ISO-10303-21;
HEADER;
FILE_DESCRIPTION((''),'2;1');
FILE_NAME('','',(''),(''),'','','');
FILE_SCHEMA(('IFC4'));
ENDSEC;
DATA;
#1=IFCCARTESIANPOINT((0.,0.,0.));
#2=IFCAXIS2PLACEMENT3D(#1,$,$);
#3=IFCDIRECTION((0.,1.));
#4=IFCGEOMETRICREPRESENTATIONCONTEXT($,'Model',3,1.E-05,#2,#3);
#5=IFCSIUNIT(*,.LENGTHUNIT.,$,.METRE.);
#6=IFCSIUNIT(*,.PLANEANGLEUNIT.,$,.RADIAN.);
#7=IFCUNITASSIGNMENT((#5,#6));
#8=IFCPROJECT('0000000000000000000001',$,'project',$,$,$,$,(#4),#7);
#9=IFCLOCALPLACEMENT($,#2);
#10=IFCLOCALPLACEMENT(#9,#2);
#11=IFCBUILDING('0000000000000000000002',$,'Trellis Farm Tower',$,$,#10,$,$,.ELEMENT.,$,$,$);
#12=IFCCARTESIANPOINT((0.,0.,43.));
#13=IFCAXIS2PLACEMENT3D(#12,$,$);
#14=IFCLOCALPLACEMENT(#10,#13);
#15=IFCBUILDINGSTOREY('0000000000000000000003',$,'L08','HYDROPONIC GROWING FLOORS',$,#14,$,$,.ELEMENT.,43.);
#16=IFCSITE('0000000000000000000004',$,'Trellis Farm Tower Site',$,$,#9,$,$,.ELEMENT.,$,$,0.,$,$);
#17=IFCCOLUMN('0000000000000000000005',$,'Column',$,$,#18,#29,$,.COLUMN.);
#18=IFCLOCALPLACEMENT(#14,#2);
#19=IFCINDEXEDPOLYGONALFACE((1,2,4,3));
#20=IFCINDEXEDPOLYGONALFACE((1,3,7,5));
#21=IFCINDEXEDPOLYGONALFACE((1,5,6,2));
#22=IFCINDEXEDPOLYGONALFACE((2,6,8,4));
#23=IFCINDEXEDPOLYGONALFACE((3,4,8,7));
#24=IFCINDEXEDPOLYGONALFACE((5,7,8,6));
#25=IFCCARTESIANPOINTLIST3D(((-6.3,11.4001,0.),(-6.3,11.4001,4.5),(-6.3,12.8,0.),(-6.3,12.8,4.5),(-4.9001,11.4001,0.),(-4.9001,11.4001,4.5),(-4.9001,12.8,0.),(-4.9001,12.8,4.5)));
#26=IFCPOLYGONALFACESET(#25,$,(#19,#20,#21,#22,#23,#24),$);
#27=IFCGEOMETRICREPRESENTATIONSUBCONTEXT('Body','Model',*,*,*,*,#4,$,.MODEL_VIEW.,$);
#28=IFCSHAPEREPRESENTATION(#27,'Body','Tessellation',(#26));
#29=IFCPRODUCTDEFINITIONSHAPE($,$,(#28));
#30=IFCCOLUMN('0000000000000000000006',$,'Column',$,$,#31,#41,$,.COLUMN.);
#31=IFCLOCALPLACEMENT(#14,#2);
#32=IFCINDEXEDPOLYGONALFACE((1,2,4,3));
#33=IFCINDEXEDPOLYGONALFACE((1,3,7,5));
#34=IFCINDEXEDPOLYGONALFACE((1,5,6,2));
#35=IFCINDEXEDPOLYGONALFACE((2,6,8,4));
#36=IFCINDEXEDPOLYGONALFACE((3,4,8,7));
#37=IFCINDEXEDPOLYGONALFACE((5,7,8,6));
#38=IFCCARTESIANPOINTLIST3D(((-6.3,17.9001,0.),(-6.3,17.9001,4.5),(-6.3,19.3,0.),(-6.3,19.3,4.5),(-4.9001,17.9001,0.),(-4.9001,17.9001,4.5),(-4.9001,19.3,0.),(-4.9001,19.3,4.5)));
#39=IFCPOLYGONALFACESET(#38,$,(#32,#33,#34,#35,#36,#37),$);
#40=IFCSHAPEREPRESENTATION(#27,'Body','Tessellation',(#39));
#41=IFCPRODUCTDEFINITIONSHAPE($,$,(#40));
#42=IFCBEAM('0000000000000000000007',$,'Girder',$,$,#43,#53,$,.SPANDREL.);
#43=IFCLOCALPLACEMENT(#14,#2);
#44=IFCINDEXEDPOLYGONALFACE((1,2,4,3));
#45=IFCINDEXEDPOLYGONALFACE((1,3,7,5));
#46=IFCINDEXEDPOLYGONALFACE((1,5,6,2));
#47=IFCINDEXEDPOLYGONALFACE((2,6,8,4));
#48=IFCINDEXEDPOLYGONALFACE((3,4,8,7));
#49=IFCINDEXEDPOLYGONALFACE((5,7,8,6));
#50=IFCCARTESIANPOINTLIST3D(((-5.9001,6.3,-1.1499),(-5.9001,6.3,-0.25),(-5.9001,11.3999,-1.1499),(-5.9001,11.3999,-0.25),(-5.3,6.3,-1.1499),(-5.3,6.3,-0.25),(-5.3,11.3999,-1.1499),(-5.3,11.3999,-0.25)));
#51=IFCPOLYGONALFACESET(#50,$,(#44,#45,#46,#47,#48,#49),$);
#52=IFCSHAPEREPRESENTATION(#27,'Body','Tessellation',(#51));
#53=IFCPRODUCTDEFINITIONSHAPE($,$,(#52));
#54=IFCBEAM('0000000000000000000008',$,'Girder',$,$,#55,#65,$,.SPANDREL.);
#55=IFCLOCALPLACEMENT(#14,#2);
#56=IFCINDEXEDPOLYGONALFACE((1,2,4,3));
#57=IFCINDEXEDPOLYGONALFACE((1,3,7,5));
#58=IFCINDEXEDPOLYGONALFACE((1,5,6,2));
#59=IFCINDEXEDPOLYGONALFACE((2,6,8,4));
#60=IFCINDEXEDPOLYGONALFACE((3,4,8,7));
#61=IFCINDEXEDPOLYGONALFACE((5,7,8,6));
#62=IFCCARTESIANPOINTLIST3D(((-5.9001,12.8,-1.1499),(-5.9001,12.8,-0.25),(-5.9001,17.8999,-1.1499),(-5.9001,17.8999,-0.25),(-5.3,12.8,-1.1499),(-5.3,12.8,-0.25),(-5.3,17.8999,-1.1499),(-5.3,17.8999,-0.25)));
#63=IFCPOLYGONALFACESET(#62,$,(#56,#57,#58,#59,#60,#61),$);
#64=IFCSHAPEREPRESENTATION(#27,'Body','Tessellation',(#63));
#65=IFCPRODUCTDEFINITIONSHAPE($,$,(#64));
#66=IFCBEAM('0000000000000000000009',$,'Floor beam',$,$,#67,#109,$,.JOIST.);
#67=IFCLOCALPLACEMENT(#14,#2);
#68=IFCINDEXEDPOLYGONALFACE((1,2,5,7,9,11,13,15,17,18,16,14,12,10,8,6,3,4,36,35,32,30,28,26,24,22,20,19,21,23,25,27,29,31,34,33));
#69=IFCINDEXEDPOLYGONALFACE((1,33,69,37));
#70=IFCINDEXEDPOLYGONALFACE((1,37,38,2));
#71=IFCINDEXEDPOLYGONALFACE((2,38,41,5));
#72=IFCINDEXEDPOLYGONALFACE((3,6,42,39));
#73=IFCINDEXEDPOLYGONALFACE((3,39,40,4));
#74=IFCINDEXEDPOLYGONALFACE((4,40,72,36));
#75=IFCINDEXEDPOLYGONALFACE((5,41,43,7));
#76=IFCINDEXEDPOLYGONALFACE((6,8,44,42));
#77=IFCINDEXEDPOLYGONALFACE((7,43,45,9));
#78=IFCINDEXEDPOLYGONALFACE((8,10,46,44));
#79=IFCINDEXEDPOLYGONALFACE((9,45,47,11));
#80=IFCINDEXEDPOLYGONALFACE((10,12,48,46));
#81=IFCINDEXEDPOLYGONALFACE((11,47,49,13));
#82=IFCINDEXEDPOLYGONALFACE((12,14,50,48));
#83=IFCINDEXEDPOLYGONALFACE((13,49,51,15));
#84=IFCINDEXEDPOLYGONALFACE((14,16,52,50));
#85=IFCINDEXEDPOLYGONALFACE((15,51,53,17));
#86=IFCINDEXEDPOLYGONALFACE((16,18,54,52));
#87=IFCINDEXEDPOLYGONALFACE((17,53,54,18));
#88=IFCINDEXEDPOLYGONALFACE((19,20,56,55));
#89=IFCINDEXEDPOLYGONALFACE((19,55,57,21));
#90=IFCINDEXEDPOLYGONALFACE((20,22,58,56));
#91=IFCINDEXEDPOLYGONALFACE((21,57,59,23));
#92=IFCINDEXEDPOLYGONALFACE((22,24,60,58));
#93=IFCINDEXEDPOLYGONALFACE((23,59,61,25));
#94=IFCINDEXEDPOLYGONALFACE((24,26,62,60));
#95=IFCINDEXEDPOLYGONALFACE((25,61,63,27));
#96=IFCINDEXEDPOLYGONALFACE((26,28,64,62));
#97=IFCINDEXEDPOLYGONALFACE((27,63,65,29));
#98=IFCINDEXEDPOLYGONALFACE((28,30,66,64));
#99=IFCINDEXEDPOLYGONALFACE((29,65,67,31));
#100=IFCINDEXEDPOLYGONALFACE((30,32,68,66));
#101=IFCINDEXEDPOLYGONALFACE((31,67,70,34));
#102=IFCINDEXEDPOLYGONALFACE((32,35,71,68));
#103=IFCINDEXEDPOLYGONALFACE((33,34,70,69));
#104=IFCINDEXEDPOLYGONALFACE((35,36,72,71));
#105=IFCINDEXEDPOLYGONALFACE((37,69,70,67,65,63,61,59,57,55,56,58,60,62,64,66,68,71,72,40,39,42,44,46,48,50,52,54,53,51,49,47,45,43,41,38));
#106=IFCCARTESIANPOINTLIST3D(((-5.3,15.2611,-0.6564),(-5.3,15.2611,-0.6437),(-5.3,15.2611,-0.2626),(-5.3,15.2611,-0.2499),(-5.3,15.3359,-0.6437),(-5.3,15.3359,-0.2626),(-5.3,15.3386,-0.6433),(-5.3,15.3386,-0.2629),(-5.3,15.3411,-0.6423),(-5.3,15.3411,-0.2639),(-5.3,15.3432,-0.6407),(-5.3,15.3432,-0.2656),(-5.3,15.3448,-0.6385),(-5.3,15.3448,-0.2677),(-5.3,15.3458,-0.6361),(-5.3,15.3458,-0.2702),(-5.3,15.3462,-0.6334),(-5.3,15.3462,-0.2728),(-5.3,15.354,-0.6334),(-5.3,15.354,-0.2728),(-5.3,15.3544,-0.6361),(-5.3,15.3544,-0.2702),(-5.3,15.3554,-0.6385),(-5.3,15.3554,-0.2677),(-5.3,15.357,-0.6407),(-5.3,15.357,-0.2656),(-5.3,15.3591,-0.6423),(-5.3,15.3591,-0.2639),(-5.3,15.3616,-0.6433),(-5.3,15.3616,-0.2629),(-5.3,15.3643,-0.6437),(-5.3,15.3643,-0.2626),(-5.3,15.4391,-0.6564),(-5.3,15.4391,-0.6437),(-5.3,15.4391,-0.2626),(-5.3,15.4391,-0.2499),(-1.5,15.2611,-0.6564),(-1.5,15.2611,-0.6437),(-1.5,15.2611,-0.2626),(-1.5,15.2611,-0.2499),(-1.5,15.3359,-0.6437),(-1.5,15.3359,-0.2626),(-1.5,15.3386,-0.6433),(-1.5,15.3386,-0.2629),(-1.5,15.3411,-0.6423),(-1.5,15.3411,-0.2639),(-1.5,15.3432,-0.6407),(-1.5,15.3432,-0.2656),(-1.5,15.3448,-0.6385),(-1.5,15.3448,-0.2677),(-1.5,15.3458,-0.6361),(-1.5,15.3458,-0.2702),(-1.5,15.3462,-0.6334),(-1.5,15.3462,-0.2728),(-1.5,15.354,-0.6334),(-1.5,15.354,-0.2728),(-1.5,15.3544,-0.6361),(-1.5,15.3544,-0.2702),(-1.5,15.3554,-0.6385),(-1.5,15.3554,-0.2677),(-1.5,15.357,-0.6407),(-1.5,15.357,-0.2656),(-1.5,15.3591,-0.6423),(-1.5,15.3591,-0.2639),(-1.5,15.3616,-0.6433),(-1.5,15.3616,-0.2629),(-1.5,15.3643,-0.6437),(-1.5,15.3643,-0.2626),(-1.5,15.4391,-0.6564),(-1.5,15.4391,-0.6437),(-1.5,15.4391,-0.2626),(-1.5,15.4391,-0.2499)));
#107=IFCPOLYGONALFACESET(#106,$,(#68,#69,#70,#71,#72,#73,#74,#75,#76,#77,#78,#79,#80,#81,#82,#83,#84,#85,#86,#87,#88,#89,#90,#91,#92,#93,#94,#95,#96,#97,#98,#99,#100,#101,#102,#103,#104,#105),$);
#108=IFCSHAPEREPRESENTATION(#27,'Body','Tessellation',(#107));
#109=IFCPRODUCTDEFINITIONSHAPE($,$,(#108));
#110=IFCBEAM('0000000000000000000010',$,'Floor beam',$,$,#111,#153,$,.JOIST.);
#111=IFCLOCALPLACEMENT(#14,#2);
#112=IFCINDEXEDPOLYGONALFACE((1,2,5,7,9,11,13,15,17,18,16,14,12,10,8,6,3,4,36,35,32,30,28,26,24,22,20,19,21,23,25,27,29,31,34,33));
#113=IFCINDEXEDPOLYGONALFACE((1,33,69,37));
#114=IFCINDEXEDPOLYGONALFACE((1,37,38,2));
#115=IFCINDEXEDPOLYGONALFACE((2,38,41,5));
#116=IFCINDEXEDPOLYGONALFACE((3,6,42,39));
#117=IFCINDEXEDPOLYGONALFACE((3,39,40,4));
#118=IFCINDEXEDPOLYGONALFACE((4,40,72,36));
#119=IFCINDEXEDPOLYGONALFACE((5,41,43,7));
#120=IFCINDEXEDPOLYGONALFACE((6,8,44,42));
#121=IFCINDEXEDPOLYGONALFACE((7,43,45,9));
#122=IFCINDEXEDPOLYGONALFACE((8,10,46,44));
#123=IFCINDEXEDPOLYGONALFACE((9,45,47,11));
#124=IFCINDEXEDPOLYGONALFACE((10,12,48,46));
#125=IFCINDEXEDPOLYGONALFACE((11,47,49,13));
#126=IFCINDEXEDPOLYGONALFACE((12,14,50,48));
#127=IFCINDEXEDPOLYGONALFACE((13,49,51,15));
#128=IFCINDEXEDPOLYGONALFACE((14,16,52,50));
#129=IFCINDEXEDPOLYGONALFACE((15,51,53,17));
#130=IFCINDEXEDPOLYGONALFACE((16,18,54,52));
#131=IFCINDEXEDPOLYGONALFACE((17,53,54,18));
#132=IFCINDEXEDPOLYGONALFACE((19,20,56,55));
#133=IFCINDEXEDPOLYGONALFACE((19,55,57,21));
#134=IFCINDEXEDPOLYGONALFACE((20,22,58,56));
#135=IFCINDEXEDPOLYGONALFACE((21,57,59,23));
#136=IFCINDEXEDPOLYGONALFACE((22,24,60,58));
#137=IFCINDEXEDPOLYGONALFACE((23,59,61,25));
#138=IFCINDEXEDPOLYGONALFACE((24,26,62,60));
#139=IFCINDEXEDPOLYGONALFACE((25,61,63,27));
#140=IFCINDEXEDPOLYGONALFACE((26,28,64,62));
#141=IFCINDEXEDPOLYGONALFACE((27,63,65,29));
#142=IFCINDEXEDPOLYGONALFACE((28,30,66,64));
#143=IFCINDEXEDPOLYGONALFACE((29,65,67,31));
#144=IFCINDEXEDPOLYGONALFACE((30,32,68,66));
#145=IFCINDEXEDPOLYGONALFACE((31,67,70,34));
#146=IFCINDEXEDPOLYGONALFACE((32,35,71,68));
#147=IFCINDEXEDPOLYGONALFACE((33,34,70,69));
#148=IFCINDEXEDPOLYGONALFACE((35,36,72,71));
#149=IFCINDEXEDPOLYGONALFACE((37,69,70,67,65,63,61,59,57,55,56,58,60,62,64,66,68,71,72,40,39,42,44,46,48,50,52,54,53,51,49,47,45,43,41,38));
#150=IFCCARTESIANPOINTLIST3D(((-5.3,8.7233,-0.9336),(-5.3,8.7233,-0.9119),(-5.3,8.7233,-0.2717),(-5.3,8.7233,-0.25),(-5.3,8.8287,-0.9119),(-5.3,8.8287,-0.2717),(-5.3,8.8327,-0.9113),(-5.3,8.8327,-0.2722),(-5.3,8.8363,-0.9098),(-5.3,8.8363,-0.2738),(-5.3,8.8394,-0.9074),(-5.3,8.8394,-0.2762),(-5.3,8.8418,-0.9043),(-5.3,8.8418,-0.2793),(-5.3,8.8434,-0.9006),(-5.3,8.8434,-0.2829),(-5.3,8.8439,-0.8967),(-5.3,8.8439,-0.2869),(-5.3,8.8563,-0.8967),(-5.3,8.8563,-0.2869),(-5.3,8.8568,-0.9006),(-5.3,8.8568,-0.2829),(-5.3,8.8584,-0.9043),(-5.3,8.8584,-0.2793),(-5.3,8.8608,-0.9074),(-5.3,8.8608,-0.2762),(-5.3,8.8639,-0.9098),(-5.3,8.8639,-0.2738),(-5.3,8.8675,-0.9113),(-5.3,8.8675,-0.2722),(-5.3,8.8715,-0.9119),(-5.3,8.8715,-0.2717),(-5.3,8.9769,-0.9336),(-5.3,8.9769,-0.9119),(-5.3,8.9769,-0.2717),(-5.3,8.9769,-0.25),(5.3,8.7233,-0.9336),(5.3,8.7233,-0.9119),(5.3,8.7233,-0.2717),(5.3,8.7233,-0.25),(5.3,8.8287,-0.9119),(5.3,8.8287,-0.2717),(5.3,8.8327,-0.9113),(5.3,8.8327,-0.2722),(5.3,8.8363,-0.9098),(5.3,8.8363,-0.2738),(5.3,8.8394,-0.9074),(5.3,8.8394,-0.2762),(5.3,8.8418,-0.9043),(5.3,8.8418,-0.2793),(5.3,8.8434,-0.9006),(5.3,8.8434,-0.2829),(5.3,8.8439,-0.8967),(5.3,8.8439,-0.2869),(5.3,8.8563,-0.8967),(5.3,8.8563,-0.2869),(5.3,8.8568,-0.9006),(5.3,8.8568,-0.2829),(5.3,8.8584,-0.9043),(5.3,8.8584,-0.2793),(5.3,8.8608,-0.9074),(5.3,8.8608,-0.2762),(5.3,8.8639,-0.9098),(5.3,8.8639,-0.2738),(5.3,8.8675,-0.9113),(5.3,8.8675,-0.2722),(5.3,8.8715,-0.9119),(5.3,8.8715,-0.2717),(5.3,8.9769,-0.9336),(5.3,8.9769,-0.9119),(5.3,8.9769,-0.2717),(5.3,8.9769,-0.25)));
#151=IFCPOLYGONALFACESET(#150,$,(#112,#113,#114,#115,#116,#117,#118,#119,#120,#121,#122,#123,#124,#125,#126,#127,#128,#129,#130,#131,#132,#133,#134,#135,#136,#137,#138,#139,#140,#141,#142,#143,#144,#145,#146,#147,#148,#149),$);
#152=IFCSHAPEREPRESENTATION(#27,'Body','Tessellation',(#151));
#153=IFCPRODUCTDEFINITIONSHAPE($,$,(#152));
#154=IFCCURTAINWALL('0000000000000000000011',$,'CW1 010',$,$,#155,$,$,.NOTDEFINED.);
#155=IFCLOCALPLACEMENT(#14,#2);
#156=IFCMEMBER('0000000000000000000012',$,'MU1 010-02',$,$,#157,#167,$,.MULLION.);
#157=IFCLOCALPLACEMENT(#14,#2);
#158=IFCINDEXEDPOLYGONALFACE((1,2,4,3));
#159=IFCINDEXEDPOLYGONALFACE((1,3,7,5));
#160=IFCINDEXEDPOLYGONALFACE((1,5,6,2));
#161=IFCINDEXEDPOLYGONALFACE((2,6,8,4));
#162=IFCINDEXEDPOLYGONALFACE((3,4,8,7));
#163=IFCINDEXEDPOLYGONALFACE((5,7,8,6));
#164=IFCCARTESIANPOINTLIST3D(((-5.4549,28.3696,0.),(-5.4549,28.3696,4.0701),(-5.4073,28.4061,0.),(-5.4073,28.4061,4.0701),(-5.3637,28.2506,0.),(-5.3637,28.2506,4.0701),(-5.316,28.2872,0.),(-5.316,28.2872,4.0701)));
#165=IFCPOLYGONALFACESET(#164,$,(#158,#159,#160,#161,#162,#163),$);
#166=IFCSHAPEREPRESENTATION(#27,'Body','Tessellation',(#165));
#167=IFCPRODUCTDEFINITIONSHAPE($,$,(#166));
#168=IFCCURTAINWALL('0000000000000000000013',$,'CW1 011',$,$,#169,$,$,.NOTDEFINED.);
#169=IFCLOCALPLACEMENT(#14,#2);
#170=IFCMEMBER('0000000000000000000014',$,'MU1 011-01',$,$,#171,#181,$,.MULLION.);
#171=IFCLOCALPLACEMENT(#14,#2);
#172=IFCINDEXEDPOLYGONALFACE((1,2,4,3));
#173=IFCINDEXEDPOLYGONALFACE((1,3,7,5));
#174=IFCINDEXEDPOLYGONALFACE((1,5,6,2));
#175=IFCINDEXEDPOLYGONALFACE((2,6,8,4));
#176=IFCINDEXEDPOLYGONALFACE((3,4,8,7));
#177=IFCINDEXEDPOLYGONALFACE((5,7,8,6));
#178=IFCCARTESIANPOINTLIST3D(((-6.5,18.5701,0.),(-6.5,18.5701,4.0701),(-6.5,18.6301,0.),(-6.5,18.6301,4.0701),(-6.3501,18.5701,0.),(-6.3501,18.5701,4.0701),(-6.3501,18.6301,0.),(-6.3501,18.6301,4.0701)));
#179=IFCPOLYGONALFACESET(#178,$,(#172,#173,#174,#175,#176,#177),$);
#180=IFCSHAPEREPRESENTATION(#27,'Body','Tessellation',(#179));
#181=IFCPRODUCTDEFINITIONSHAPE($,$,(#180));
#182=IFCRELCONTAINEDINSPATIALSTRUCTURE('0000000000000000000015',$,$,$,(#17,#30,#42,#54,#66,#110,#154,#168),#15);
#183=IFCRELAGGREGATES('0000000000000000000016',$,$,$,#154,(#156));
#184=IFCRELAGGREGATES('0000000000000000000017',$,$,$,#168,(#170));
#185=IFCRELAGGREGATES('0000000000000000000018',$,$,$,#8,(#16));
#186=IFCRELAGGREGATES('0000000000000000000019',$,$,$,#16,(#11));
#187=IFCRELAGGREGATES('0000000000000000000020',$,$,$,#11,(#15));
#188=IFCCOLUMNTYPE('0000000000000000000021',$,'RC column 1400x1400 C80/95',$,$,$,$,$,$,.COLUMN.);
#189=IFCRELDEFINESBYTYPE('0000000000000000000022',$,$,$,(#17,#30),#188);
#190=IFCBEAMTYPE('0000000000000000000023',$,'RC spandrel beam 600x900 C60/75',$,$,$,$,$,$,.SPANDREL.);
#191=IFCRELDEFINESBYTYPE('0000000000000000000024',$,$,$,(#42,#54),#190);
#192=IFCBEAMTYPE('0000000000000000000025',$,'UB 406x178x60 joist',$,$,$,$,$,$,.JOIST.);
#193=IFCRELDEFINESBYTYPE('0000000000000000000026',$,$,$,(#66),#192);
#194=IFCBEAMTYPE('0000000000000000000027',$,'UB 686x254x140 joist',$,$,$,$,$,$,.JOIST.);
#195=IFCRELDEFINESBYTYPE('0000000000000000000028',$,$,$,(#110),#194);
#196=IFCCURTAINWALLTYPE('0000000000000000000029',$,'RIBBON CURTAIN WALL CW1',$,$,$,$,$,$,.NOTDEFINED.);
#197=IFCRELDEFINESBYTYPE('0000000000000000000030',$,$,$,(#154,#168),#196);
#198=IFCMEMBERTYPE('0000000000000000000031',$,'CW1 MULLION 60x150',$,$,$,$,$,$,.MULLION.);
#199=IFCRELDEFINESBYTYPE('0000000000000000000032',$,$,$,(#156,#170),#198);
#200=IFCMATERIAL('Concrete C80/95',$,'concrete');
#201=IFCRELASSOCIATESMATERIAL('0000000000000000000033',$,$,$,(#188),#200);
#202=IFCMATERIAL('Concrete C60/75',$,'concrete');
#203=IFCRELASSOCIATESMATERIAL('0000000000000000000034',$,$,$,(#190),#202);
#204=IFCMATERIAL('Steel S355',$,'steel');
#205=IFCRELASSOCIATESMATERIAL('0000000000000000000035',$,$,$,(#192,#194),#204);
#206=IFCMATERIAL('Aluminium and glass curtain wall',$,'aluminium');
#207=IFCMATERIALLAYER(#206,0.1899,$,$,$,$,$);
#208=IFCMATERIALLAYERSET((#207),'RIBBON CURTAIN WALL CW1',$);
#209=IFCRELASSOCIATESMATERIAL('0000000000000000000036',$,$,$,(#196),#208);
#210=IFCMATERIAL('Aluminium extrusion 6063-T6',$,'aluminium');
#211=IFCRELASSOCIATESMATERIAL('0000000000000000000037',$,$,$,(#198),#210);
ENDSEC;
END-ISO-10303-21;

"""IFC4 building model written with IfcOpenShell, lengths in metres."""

from ifc_helpers import new_model, si_unit, direction, frame, origin, origin_2d, place, context, subcontext, project, spatial, rectangle, i_section, extrude, source, transform, mapped, material, layer, layer_set, material_profile, profile_set, type_object, element, aggregate, save


model = new_model("IFC4")

# Units and contexts
model_context = context("Model", 3, precision=1e-05, world=origin(), true_north=direction((0.0, 1.0)))
body_context = subcontext(model_context, "Body", "Model", "MODEL_VIEW")
ifc_project = project(units=[si_unit("LENGTHUNIT", "METRE"), si_unit("PLANEANGLEUNIT", "RADIAN")], contexts=[model_context])

# Site, building, storey
site_placement = place(None, origin())
site = spatial("IfcSite", under=ifc_project, at=site_placement, Name="Trellis Farm Tower Site", CompositionType="ELEMENT", RefElevation=0.0)
building_placement = place(site_placement, origin())
building = spatial("IfcBuilding", under=site, at=building_placement, Name="Trellis Farm Tower", CompositionType="ELEMENT")
storey_placement = place(building_placement, frame((0.0, 0.0, 43.0)))
storey = spatial("IfcBuildingStorey", under=building, at=storey_placement, Name="L08", Description="HYDROPONIC GROWING FLOORS", CompositionType="ELEMENT", Elevation=43.0)

# Columns
ifc_material_1 = material(Name="Concrete C80/95", Category="concrete")
ifc_material_profile_1 = material_profile(ifc_material_1, rectangle(XDim=1.3999, YDim=1.3999, at=origin_2d()), Name="RC column 1400x1400 C80/95")
ifc_profile_set_1 = profile_set([ifc_material_profile_1], Name="Concrete C80/95")
column_type = type_object("IfcColumnType", Name="RC column 1400x1400 C80/95", PredefinedType="COLUMN", material=ifc_profile_set_1)
shared_shape_1 = source(origin(), body_context, "Body", "SweptSolid", [
    extrude(rectangle(XDim=1.3999, YDim=1.3999, at=origin_2d()), origin(), (0.0, 0.0, 1.0), 4.5),
])
for number, where, z_axis, x_axis, name in (
    (1, (-5.6001, 12.1001, 0.0), (0.0, 0.0, 1.0), (1.0, 0.0, 0.0), "Column"),
    (2, (-5.6001, 18.6001, 0.0), (0.0, 0.0, 1.0), (1.0, 0.0, 0.0), "Column"),
):
    element("IfcColumn", number, at=place(storey_placement, frame(where, z_axis=z_axis, x_axis=x_axis)), inside=storey, type_object=column_type, Name=name, PredefinedType="COLUMN", context=body_context, shape_type="MappedRepresentation", body=[
        mapped(shared_shape_1, transform((0.0, 0.0, 0.0))),
    ])

# Beams
ifc_material_2 = material(Name="Concrete C60/75", Category="concrete")
ifc_material_profile_2 = material_profile(ifc_material_2, rectangle(XDim=0.6001, YDim=0.8999, at=origin_2d()), Name="RC spandrel beam 600x900 C60/75")
ifc_profile_set_2 = profile_set([ifc_material_profile_2], Name="Concrete C60/75")
beam_type_1 = type_object("IfcBeamType", Name="RC spandrel beam 600x900 C60/75", PredefinedType="SPANDREL", material=ifc_profile_set_2)
shared_shape_2 = source(origin(), body_context, "Body", "SweptSolid", [
    extrude(rectangle(XDim=0.6001, YDim=0.8999, at=origin_2d()), origin(), (0.0, 0.0, 1.0), 5.0999),
])
for number, where, z_axis, x_axis, name in (
    (3, (-5.6001, 6.3, -0.7), (0.0, 1.0, 0.0), (-1.0, 0.0, 0.0), "Girder"),
    (4, (-5.6001, 12.8, -0.7), (0.0, 1.0, 0.0), (-1.0, 0.0, 0.0), "Girder"),
):
    element("IfcBeam", number, at=place(storey_placement, frame(where, z_axis=z_axis, x_axis=x_axis)), inside=storey, type_object=beam_type_1, Name=name, PredefinedType="SPANDREL", context=body_context, shape_type="MappedRepresentation", body=[
        mapped(shared_shape_2, transform((0.0, 0.0, 0.0))),
    ])
ifc_material_3 = material(Name="Steel S355", Category="steel")
ifc_material_profile_3 = material_profile(ifc_material_3, i_section(OverallWidth=0.178, OverallDepth=0.4065, WebThickness=0.0078, FlangeThickness=0.0127, FilletRadius=0.0103, at=origin_2d()), Name="UB 406x178x60")
ifc_profile_set_3 = profile_set([ifc_material_profile_3], Name="Steel S355")
beam_type_2 = type_object("IfcBeamType", Name="UB 406x178x60 joist", PredefinedType="JOIST", material=ifc_profile_set_3)
shared_shape_3 = source(origin(), body_context, "Body", "SweptSolid", [
    extrude(i_section(OverallWidth=0.178, OverallDepth=0.4065, WebThickness=0.0078, FlangeThickness=0.0127, FilletRadius=0.0103, at=origin_2d()), origin(), (0.0, 0.0, 1.0), 3.8),
])
beam_1_placement = place(storey_placement, frame((-5.3, 15.3501, -0.4531), z_axis=(1.0, 0.0, 0.0), x_axis=(0.0, 1.0, 0.0)))
element("IfcBeam", 5, at=beam_1_placement, inside=storey, type_object=beam_type_2, Name="Floor beam", PredefinedType="JOIST", context=body_context, shape_type="MappedRepresentation", body=[
    mapped(shared_shape_3, transform((0.0, 0.0, 0.0))),
])
ifc_material_profile_4 = material_profile(ifc_material_3, i_section(OverallWidth=0.2537, OverallDepth=0.6836, WebThickness=0.0125, FlangeThickness=0.0217, FilletRadius=0.0151, at=origin_2d()), Name="UB 686x254x140")
ifc_profile_set_4 = profile_set([ifc_material_profile_4], Name="Steel S355")
beam_type_3 = type_object("IfcBeamType", Name="UB 686x254x140 joist", PredefinedType="JOIST", material=ifc_profile_set_4)
shared_shape_4 = source(origin(), body_context, "Body", "SweptSolid", [
    extrude(i_section(OverallWidth=0.2537, OverallDepth=0.6836, WebThickness=0.0125, FlangeThickness=0.0217, FilletRadius=0.0151, at=origin_2d()), origin(), (0.0, 0.0, 1.0), 10.6001),
])
beam_2_placement = place(storey_placement, frame((-5.3, 8.8501, -0.5918), z_axis=(1.0, 0.0, 0.0), x_axis=(0.0, 1.0, 0.0)))
element("IfcBeam", 6, at=beam_2_placement, inside=storey, type_object=beam_type_3, Name="Floor beam", PredefinedType="JOIST", context=body_context, shape_type="MappedRepresentation", body=[
    mapped(shared_shape_4, transform((0.0, 0.0, 0.0))),
])

# Curtain wall, member
ifc_material_4 = material(Name="Aluminium and glass curtain wall", Category="aluminium")
ifc_layer_1 = layer(ifc_material_4, 0.1899)
ifc_layer_set_1 = layer_set([ifc_layer_1], Name="RIBBON CURTAIN WALL CW1")
curtain_wall_type_1 = type_object("IfcCurtainWallType", Name="RIBBON CURTAIN WALL CW1", PredefinedType="NOTDEFINED", material=ifc_layer_set_1)
placement = place(storey_placement, origin())
curtain_wall_1 = element("IfcCurtainWall", 7, at=placement, inside=storey, type_object=curtain_wall_type_1, Name="CW1 010", PredefinedType="NOTDEFINED")
ifc_material_5 = material(Name="Aluminium extrusion 6063-T6", Category="aluminium")
ifc_material_profile_5 = material_profile(ifc_material_5, rectangle(XDim=0.0601, YDim=0.1499, at=origin_2d()), Name="MULLION 60x150")
ifc_profile_set_5 = profile_set([ifc_material_profile_5], Name="Aluminium extrusion 6063-T6")
member_type_1 = type_object("IfcMemberType", Name="CW1 MULLION 60x150", PredefinedType="MULLION", material=ifc_profile_set_5)
shared_shape_5 = source(origin(), body_context, "Body", "SweptSolid", [
    extrude(rectangle(XDim=0.0601, YDim=0.1499, at=origin_2d()), origin(), (0.0, 0.0, 1.0), 4.0701),
])
member_1_placement = place(storey_placement, frame((-5.3855, 28.3284, 0.0), z_axis=(0.0, 0.0, 1.0), x_axis=(-0.793353, -0.608761, 0.0)))
member_1 = element("IfcMember", 8, at=member_1_placement, type_object=member_type_1, Name="MU1 010-02", PredefinedType="MULLION", context=body_context, shape_type="MappedRepresentation", body=[
    mapped(shared_shape_5, transform((0.0, 0.0, 0.0))),
])
aggregate(curtain_wall_1, [member_1])

# Curtain wall, member
curtain_wall_2 = element("IfcCurtainWall", 9, at=placement, inside=storey, type_object=curtain_wall_type_1, Name="CW1 011", PredefinedType="NOTDEFINED")
member_2_placement = place(storey_placement, frame((-6.425, 18.6001, 0.0), z_axis=(0.0, 0.0, 1.0), x_axis=(0.0, -1.0, 0.0)))
member_2 = element("IfcMember", 10, at=member_2_placement, type_object=member_type_1, Name="MU1 011-01", PredefinedType="MULLION", context=body_context, shape_type="MappedRepresentation", body=[
    mapped(shared_shape_5, transform((0.0, 0.0, 0.0))),
])
aggregate(curtain_wall_2, [member_2])

save(model, "model.ifc")
